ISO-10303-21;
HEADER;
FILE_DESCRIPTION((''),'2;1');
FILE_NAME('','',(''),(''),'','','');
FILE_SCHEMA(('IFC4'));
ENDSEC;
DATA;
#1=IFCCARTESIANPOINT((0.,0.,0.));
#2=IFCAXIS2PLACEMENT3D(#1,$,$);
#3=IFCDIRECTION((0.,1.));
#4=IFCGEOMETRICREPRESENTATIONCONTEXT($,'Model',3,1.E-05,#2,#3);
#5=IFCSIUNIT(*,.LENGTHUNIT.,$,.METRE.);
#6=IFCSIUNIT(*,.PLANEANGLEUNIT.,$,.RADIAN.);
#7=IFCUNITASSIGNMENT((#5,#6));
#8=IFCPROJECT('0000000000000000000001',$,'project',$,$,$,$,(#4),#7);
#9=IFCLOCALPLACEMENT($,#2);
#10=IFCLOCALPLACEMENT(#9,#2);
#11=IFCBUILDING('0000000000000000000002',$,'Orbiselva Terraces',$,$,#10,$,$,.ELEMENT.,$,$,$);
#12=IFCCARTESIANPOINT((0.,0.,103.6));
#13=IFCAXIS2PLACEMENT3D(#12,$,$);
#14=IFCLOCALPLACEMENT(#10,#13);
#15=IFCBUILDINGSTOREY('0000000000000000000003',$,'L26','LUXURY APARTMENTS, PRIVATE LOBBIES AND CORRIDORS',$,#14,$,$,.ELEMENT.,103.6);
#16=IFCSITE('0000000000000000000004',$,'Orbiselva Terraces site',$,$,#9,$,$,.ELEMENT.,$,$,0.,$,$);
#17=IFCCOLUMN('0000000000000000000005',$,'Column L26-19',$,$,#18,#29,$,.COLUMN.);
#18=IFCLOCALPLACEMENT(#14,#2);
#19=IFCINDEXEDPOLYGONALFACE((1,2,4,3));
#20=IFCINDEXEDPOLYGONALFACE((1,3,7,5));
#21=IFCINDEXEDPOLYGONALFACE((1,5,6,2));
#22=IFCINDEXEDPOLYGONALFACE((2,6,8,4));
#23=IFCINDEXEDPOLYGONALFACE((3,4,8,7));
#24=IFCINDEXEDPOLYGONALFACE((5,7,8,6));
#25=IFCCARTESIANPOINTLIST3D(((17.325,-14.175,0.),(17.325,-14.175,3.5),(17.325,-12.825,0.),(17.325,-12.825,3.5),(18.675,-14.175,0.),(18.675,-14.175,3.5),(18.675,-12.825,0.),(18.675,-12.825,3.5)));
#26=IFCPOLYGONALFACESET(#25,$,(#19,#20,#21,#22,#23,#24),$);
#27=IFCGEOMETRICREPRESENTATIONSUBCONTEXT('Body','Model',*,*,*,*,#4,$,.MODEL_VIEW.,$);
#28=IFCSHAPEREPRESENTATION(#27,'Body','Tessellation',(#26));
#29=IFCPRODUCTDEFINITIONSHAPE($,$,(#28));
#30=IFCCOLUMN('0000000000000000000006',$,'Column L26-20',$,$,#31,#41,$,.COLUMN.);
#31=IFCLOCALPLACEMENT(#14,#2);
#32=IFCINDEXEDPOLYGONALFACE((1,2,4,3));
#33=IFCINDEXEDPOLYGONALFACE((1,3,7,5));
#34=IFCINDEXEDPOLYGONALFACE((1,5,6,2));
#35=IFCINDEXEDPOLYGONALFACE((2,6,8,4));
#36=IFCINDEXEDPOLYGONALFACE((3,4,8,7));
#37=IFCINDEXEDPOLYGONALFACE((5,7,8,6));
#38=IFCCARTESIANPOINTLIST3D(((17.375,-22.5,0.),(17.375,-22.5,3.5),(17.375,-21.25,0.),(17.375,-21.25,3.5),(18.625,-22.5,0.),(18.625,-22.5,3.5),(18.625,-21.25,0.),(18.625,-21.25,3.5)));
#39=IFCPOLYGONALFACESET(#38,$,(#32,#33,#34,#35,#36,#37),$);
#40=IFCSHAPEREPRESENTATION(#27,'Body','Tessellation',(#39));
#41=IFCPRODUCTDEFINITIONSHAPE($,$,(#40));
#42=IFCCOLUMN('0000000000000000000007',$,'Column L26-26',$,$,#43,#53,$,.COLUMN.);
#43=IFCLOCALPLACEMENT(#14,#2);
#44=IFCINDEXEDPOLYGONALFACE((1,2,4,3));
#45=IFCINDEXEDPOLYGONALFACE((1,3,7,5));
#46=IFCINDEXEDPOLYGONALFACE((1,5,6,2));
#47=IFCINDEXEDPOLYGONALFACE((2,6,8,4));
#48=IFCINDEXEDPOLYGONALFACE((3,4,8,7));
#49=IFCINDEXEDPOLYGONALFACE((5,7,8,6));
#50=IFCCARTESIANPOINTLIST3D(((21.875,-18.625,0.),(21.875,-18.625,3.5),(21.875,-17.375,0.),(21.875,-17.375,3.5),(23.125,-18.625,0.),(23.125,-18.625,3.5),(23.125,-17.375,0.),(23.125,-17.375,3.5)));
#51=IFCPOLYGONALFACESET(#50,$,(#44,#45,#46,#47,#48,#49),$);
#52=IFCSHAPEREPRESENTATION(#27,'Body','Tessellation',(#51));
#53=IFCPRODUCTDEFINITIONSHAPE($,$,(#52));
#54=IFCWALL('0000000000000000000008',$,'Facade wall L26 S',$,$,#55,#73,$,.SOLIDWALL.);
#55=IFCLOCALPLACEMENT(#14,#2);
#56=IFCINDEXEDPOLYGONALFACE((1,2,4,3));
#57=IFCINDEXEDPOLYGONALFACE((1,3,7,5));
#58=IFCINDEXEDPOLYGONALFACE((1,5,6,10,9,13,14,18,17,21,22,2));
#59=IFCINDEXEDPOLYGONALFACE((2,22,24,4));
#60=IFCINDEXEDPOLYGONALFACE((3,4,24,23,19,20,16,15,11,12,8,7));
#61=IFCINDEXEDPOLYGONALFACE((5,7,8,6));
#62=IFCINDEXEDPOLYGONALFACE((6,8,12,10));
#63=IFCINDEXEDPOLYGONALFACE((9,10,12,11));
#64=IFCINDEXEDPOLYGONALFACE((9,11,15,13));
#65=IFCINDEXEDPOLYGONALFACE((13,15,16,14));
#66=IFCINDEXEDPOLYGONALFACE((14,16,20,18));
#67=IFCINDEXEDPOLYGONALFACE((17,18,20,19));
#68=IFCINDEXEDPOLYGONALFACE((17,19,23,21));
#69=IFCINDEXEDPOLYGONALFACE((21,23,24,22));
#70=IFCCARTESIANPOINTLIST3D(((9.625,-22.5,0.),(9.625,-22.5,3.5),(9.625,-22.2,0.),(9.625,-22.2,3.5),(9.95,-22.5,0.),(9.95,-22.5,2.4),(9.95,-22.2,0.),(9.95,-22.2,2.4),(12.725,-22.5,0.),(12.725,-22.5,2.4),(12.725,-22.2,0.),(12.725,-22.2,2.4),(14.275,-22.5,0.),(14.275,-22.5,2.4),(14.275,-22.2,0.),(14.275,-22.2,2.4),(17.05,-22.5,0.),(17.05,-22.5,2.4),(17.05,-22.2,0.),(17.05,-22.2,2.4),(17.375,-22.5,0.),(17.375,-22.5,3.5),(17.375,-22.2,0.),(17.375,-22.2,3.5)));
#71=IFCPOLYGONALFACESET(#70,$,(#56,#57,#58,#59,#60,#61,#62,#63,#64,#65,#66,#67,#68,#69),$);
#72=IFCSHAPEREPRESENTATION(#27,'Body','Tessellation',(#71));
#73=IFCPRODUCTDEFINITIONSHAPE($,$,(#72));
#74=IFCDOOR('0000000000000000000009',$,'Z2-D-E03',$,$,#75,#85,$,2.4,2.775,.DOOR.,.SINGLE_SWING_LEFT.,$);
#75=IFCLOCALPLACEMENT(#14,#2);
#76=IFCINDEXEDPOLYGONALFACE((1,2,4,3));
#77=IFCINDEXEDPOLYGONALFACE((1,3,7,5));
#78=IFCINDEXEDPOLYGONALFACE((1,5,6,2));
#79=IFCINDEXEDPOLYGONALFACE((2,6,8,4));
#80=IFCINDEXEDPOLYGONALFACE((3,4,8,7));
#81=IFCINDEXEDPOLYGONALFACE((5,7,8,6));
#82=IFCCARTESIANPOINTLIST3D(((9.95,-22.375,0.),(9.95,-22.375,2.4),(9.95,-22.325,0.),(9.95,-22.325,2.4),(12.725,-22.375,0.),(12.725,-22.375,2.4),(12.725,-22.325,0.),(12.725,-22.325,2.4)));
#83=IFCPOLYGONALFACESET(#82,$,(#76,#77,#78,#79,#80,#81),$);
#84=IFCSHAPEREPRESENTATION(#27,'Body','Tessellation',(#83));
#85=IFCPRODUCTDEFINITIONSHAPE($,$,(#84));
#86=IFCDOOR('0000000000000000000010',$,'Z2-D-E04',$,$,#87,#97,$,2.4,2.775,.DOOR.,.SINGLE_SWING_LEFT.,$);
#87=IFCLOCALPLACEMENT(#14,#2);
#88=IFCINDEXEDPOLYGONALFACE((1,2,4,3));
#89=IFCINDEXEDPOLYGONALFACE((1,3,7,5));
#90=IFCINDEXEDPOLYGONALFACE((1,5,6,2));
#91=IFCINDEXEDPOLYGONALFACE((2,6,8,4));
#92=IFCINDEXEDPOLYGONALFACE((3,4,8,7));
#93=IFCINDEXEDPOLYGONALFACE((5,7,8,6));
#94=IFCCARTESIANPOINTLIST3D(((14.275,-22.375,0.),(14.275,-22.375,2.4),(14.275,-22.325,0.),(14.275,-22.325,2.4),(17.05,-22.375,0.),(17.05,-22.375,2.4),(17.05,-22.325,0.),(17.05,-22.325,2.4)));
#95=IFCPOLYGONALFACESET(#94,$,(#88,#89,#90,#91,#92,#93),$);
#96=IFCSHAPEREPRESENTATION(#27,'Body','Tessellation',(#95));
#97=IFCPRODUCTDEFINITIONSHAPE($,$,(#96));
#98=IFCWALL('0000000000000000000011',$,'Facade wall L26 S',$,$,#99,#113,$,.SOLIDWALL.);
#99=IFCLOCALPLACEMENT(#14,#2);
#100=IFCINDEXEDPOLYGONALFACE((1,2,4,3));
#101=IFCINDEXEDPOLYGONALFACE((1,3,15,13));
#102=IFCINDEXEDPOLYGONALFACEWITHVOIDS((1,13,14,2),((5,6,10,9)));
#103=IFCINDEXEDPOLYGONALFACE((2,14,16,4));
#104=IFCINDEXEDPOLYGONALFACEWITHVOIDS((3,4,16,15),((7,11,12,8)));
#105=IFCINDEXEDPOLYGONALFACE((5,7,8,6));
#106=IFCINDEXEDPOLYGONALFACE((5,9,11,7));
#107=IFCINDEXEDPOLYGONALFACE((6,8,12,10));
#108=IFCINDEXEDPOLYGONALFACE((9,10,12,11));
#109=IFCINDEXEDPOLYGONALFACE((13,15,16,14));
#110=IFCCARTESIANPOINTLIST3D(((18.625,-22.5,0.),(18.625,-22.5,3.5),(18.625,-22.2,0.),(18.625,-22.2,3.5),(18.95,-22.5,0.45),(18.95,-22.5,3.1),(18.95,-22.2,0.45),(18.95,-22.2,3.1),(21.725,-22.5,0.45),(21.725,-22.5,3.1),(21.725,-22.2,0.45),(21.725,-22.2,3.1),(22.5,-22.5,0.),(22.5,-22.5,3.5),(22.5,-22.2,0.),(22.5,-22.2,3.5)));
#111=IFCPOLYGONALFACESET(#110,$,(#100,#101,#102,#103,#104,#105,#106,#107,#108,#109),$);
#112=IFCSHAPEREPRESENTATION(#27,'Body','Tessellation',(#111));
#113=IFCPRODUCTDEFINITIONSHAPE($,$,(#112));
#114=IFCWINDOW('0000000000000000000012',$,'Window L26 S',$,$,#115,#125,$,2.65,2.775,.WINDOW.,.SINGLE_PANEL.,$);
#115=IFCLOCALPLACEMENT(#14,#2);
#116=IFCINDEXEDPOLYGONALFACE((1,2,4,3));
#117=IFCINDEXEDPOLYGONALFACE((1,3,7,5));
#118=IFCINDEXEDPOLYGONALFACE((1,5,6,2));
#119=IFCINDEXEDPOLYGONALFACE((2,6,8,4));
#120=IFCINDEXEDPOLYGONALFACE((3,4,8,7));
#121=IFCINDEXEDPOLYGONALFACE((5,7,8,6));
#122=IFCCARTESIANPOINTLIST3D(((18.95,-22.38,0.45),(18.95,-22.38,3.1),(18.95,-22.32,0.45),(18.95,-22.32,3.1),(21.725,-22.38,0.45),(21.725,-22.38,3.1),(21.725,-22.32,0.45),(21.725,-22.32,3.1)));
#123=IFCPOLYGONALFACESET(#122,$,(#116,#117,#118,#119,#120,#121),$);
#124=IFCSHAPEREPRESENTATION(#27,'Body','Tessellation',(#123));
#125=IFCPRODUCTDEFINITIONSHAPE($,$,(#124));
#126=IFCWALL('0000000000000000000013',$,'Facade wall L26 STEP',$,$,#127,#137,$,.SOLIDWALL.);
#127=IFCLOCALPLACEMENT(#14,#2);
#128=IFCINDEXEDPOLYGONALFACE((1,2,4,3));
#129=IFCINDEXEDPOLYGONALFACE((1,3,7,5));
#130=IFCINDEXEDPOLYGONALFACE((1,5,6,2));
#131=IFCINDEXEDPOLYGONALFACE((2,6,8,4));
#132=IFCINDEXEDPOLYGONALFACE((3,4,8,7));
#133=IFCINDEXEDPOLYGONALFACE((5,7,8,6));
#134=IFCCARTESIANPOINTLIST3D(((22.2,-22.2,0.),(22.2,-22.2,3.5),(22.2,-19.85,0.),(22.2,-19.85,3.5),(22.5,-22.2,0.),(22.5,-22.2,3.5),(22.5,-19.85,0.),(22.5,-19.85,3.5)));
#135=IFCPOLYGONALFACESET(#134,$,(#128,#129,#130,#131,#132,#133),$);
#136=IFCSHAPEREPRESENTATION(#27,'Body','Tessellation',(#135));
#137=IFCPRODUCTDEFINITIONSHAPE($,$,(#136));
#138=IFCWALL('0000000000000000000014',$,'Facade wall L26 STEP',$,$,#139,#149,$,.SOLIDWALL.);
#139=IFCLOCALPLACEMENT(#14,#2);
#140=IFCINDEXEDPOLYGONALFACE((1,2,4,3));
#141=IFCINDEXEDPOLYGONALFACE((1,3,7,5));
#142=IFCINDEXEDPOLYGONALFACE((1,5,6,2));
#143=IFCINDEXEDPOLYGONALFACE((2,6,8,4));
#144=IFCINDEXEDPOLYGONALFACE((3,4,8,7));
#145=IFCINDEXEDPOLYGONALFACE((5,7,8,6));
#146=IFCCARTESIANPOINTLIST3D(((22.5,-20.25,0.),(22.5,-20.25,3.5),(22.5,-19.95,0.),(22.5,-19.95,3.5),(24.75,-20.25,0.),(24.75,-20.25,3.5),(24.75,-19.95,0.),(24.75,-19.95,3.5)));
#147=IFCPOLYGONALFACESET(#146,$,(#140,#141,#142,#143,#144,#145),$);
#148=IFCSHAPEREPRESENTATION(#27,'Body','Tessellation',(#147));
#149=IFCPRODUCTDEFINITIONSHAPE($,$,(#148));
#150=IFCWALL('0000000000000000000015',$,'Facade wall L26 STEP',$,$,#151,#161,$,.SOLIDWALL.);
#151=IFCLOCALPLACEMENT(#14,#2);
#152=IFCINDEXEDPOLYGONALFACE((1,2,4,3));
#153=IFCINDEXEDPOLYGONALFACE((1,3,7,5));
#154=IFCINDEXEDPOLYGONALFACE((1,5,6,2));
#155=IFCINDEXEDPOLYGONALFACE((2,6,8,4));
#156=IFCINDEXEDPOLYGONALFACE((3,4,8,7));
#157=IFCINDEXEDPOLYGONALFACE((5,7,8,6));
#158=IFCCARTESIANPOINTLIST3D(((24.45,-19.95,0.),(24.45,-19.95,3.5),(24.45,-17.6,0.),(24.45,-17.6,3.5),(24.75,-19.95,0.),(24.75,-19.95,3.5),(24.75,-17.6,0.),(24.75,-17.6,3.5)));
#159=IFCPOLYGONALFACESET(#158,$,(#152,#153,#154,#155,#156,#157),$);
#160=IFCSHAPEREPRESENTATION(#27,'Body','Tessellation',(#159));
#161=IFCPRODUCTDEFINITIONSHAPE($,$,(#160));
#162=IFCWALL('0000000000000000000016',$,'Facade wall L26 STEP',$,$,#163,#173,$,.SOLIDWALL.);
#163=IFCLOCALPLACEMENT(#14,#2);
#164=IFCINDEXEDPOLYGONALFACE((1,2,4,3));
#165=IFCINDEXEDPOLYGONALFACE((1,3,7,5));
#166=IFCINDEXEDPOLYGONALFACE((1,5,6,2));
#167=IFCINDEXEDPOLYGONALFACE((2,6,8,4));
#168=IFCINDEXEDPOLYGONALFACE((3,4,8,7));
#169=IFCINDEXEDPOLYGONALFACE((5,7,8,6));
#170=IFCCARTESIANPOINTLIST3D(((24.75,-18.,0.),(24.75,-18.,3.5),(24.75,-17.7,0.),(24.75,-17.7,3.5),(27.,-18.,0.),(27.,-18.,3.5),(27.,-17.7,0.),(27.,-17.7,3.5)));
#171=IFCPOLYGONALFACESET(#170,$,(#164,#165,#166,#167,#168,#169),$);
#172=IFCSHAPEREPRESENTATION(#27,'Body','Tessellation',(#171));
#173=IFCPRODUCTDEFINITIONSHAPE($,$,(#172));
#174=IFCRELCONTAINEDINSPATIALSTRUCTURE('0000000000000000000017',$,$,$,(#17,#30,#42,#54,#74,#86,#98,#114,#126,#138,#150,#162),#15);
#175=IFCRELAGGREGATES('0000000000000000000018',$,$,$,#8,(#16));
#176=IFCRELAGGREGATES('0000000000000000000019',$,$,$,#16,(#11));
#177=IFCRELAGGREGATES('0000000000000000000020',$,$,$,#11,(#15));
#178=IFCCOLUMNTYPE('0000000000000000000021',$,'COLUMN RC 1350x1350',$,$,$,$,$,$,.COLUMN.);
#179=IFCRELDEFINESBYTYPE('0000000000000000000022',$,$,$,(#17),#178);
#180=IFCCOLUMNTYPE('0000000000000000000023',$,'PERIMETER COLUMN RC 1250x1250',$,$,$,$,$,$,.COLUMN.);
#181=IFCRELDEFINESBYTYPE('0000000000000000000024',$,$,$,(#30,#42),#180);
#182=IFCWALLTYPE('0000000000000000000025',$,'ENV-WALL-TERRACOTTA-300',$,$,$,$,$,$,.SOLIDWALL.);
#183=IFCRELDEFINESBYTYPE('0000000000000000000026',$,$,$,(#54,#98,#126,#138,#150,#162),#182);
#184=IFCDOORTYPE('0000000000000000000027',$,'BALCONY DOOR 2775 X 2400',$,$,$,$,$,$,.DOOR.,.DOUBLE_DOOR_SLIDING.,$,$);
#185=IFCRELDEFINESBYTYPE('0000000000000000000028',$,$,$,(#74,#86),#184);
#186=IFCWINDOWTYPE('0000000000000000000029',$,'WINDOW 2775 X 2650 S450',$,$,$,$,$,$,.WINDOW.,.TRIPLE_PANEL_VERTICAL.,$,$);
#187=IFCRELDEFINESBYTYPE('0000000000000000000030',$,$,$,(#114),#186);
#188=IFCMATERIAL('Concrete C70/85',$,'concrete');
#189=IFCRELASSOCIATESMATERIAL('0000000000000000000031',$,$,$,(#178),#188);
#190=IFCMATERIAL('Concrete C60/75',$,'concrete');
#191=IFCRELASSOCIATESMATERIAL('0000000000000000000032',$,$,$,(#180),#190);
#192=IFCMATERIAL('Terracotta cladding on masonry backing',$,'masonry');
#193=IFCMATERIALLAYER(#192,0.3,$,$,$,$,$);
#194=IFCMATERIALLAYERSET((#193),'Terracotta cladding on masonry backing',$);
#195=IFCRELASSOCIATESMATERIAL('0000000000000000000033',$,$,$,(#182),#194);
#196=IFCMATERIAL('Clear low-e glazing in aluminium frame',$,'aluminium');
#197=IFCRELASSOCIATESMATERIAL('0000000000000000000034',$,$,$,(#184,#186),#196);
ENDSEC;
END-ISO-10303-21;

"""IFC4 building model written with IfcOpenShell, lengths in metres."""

from ifc_helpers import new_model, si_unit, direction, frame, frame_2d, origin, origin_2d, place, context, subcontext, project, spatial, rectangle, extrude, material, layer, layer_set, material_profile, profile_set, type_object, element, fill, save


model = new_model("IFC4")

# Units and contexts
model_context = context("Model", 3, precision=1e-05, world=origin(), true_north=direction((0.0, 1.0)))
body_context = subcontext(model_context, "Body", "Model", "MODEL_VIEW")
ifc_project = project(units=[si_unit("LENGTHUNIT", "METRE"), si_unit("PLANEANGLEUNIT", "RADIAN")], contexts=[model_context])

# Site, building, storey
site_placement = place(None, origin())
site = spatial("IfcSite", under=ifc_project, at=site_placement, Name="Orbiselva Terraces site", CompositionType="ELEMENT", RefElevation=0.0)
building_placement = place(site_placement, origin())
building = spatial("IfcBuilding", under=site, at=building_placement, Name="Orbiselva Terraces", CompositionType="ELEMENT")
storey_placement = place(building_placement, frame((0.0, 0.0, 103.6)))
storey = spatial("IfcBuildingStorey", under=building, at=storey_placement, Name="L26", Description="LUXURY APARTMENTS, PRIVATE LOBBIES AND CORRIDORS", CompositionType="ELEMENT", Elevation=103.6)

# Columns
ifc_material_1 = material(Name="Concrete C70/85", Category="concrete")
ifc_material_profile_1 = material_profile(ifc_material_1, rectangle(XDim=1.35, YDim=1.35, at=origin_2d()), Name="RC 1350x1350")
ifc_profile_set_1 = profile_set([ifc_material_profile_1], Name="Concrete C70/85")
column_type_1 = type_object("IfcColumnType", Name="COLUMN RC 1350x1350", PredefinedType="COLUMN", material=ifc_profile_set_1)
column_placement = place(storey_placement, frame((18.0, -13.5, 0.0), z_axis=(0.0, 0.0, 1.0), x_axis=(1.0, 0.0, 0.0)))
element("IfcColumn", 1, at=column_placement, inside=storey, type_object=column_type_1, Name="Column L26-19", PredefinedType="COLUMN", context=body_context, shape_type="SweptSolid", body=[
    extrude(rectangle(XDim=1.35, YDim=1.35, at=origin_2d()), origin(), (0.0, 0.0, 1.0), 3.5),
])
ifc_material_2 = material(Name="Concrete C60/75", Category="concrete")
ifc_material_profile_2 = material_profile(ifc_material_2, rectangle(XDim=1.25, YDim=1.25, at=origin_2d()), Name="RC 1250x1250")
ifc_profile_set_2 = profile_set([ifc_material_profile_2], Name="Concrete C60/75")
column_type_2 = type_object("IfcColumnType", Name="PERIMETER COLUMN RC 1250x1250", PredefinedType="COLUMN", material=ifc_profile_set_2)
for number, where, z_axis, x_axis, name in (
    (2, (18.0, -21.875, 0.0), (0.0, 0.0, 1.0), (1.0, 0.0, 0.0), "Column L26-20"),
    (3, (22.5, -18.0, 0.0), (0.0, 0.0, 1.0), (1.0, 0.0, 0.0), "Column L26-26"),
):
    element("IfcColumn", number, at=place(storey_placement, frame(where, z_axis=z_axis, x_axis=x_axis)), inside=storey, type_object=column_type_2, Name=name, PredefinedType="COLUMN", context=body_context, shape_type="SweptSolid", body=[
        extrude(rectangle(XDim=1.25, YDim=1.25, at=origin_2d()), origin(), (0.0, 0.0, 1.0), 3.5),
    ])

# Wall, openings, doors
ifc_material_3 = material(Name="Terracotta cladding on masonry backing", Category="masonry")
ifc_layer_1 = layer(ifc_material_3, 0.3)
ifc_layer_set_1 = layer_set([ifc_layer_1], Name="Terracotta cladding on masonry backing")
wall_type_1 = type_object("IfcWallType", Name="ENV-WALL-TERRACOTTA-300", PredefinedType="SOLIDWALL", material=ifc_layer_set_1)
wall_1_placement = place(storey_placement, frame((17.375, -22.35, 0.0), z_axis=(0.0, 0.0, 1.0), x_axis=(-1.0, 0.0, 0.0)))
wall_1 = element("IfcWall", 4, at=wall_1_placement, inside=storey, type_object=wall_type_1, Name="Facade wall L26 S", PredefinedType="SOLIDWALL", context=body_context, shape_type="SweptSolid", body=[
    extrude(rectangle(XDim=7.75, YDim=0.3, at=frame_2d((3.875, 0.0))), origin(), (0.0, 0.0, 1.0), 3.5),
])
opening_1_placement = place(wall_1_placement, frame((4.65, 0.0, 0.0)))
opening_1 = element("IfcOpeningElement", 5, at=opening_1_placement, cuts=wall_1, PredefinedType="OPENING", context=body_context, shape_type="SweptSolid", body=[
    extrude(rectangle(XDim=2.775, YDim=2.4, at=frame_2d((1.3875, 1.2))), frame((0.0, 0.16, 0.0), z_axis=(0.0, -1.0, 0.0), x_axis=(1.0, 0.0, 0.0)), (0.0, 0.0, 1.0), 0.32),
])
opening_2_placement = place(wall_1_placement, frame((0.325, 0.0, 0.0)))
opening_2 = element("IfcOpeningElement", 6, at=opening_2_placement, cuts=wall_1, PredefinedType="OPENING", context=body_context, shape_type="SweptSolid", body=[
    extrude(rectangle(XDim=2.775, YDim=2.4, at=frame_2d((1.3875, 1.2))), frame((0.0, 0.16, 0.0), z_axis=(0.0, -1.0, 0.0), x_axis=(1.0, 0.0, 0.0)), (0.0, 0.0, 1.0), 0.32),
])
ifc_material_4 = material(Name="Clear low-e glazing in aluminium frame", Category="aluminium")
door_type_1 = type_object("IfcDoorType", Name="BALCONY DOOR 2775 X 2400", OperationType="DOUBLE_DOOR_SLIDING", PredefinedType="DOOR", material=ifc_material_4)
door_1_placement = place(opening_1_placement, origin())
door_1 = element("IfcDoor", 7, at=door_1_placement, inside=storey, type_object=door_type_1, Name="Z2-D-E03", OperationType="SINGLE_SWING_LEFT", OverallHeight=2.4, OverallWidth=2.775, PredefinedType="DOOR", context=body_context, shape_type="SweptSolid", body=[
    extrude(rectangle(XDim=2.775, YDim=2.4, at=frame_2d((1.3875, 1.2))), frame((0.0, 0.025, 0.0), z_axis=(0.0, -1.0, 0.0), x_axis=(1.0, 0.0, 0.0)), (0.0, 0.0, 1.0), 0.05),
])
fill(opening_1, door_1)
door_2_placement = place(opening_2_placement, origin())
door_2 = element("IfcDoor", 8, at=door_2_placement, inside=storey, type_object=door_type_1, Name="Z2-D-E04", OperationType="SINGLE_SWING_LEFT", OverallHeight=2.4, OverallWidth=2.775, PredefinedType="DOOR", context=body_context, shape_type="SweptSolid", body=[
    extrude(rectangle(XDim=2.775, YDim=2.4, at=frame_2d((1.3875, 1.2))), frame((0.0, 0.025, 0.0), z_axis=(0.0, -1.0, 0.0), x_axis=(1.0, 0.0, 0.0)), (0.0, 0.0, 1.0), 0.05),
])
fill(opening_2, door_2)

# Wall, opening, window
wall_2_placement = place(storey_placement, frame((22.5, -22.35, 0.0), z_axis=(0.0, 0.0, 1.0), x_axis=(-1.0, 0.0, 0.0)))
wall_2 = element("IfcWall", 9, at=wall_2_placement, inside=storey, type_object=wall_type_1, Name="Facade wall L26 S", PredefinedType="SOLIDWALL", context=body_context, shape_type="SweptSolid", body=[
    extrude(rectangle(XDim=3.875, YDim=0.3, at=frame_2d((1.9375, 0.0))), origin(), (0.0, 0.0, 1.0), 3.5),
])
opening_3_placement = place(wall_2_placement, frame((0.775, 0.0, 0.45)))
opening_3 = element("IfcOpeningElement", 10, at=opening_3_placement, cuts=wall_2, PredefinedType="OPENING", context=body_context, shape_type="SweptSolid", body=[
    extrude(rectangle(XDim=2.775, YDim=2.65, at=frame_2d((1.3875, 1.325))), frame((0.0, 0.16, 0.0), z_axis=(0.0, -1.0, 0.0), x_axis=(1.0, 0.0, 0.0)), (0.0, 0.0, 1.0), 0.32),
])
window_type = type_object("IfcWindowType", Name="WINDOW 2775 X 2650 S450", PartitioningType="TRIPLE_PANEL_VERTICAL", PredefinedType="WINDOW", material=ifc_material_4)
window_1_placement = place(opening_3_placement, origin())
window_1 = element("IfcWindow", 11, at=window_1_placement, inside=storey, type_object=window_type, Name="Window L26 S", OverallHeight=2.65, OverallWidth=2.775, PartitioningType="SINGLE_PANEL", PredefinedType="WINDOW", context=body_context, shape_type="SweptSolid", body=[
    extrude(rectangle(XDim=2.775, YDim=2.65, at=frame_2d((1.3875, 1.325))), frame((0.0, 0.03, 0.0), z_axis=(0.0, -1.0, 0.0), x_axis=(1.0, 0.0, 0.0)), (0.0, 0.0, 1.0), 0.06),
])
fill(opening_3, window_1)

# Walls
wall_3_placement = place(storey_placement, frame((22.35, -19.85, 0.0), z_axis=(0.0, 0.0, 1.0), x_axis=(0.0, -1.0, 0.0)))
element("IfcWall", 12, at=wall_3_placement, inside=storey, type_object=wall_type_1, Name="Facade wall L26 STEP", PredefinedType="SOLIDWALL", context=body_context, shape_type="SweptSolid", body=[
    extrude(rectangle(XDim=2.35, YDim=0.3, at=frame_2d((1.175, 0.0))), origin(), (0.0, 0.0, 1.0), 3.5),
])
wall_4_placement = place(storey_placement, frame((24.75, -20.1, 0.0), z_axis=(0.0, 0.0, 1.0), x_axis=(-1.0, 0.0, 0.0)))
element("IfcWall", 13, at=wall_4_placement, inside=storey, type_object=wall_type_1, Name="Facade wall L26 STEP", PredefinedType="SOLIDWALL", context=body_context, shape_type="SweptSolid", body=[
    extrude(rectangle(XDim=2.25, YDim=0.3, at=frame_2d((1.125, 0.0))), origin(), (0.0, 0.0, 1.0), 3.5),
])
wall_5_placement = place(storey_placement, frame((24.6, -17.6, 0.0), z_axis=(0.0, 0.0, 1.0), x_axis=(0.0, -1.0, 0.0)))
element("IfcWall", 14, at=wall_5_placement, inside=storey, type_object=wall_type_1, Name="Facade wall L26 STEP", PredefinedType="SOLIDWALL", context=body_context, shape_type="SweptSolid", body=[
    extrude(rectangle(XDim=2.35, YDim=0.3, at=frame_2d((1.175, 0.0))), origin(), (0.0, 0.0, 1.0), 3.5),
])
wall_6_placement = place(storey_placement, frame((27.0, -17.85, 0.0), z_axis=(0.0, 0.0, 1.0), x_axis=(-1.0, 0.0, 0.0)))
element("IfcWall", 15, at=wall_6_placement, inside=storey, type_object=wall_type_1, Name="Facade wall L26 STEP", PredefinedType="SOLIDWALL", context=body_context, shape_type="SweptSolid", body=[
    extrude(rectangle(XDim=2.25, YDim=0.3, at=frame_2d((1.125, 0.0))), origin(), (0.0, 0.0, 1.0), 3.5),
])

save(model, "model.ifc")
